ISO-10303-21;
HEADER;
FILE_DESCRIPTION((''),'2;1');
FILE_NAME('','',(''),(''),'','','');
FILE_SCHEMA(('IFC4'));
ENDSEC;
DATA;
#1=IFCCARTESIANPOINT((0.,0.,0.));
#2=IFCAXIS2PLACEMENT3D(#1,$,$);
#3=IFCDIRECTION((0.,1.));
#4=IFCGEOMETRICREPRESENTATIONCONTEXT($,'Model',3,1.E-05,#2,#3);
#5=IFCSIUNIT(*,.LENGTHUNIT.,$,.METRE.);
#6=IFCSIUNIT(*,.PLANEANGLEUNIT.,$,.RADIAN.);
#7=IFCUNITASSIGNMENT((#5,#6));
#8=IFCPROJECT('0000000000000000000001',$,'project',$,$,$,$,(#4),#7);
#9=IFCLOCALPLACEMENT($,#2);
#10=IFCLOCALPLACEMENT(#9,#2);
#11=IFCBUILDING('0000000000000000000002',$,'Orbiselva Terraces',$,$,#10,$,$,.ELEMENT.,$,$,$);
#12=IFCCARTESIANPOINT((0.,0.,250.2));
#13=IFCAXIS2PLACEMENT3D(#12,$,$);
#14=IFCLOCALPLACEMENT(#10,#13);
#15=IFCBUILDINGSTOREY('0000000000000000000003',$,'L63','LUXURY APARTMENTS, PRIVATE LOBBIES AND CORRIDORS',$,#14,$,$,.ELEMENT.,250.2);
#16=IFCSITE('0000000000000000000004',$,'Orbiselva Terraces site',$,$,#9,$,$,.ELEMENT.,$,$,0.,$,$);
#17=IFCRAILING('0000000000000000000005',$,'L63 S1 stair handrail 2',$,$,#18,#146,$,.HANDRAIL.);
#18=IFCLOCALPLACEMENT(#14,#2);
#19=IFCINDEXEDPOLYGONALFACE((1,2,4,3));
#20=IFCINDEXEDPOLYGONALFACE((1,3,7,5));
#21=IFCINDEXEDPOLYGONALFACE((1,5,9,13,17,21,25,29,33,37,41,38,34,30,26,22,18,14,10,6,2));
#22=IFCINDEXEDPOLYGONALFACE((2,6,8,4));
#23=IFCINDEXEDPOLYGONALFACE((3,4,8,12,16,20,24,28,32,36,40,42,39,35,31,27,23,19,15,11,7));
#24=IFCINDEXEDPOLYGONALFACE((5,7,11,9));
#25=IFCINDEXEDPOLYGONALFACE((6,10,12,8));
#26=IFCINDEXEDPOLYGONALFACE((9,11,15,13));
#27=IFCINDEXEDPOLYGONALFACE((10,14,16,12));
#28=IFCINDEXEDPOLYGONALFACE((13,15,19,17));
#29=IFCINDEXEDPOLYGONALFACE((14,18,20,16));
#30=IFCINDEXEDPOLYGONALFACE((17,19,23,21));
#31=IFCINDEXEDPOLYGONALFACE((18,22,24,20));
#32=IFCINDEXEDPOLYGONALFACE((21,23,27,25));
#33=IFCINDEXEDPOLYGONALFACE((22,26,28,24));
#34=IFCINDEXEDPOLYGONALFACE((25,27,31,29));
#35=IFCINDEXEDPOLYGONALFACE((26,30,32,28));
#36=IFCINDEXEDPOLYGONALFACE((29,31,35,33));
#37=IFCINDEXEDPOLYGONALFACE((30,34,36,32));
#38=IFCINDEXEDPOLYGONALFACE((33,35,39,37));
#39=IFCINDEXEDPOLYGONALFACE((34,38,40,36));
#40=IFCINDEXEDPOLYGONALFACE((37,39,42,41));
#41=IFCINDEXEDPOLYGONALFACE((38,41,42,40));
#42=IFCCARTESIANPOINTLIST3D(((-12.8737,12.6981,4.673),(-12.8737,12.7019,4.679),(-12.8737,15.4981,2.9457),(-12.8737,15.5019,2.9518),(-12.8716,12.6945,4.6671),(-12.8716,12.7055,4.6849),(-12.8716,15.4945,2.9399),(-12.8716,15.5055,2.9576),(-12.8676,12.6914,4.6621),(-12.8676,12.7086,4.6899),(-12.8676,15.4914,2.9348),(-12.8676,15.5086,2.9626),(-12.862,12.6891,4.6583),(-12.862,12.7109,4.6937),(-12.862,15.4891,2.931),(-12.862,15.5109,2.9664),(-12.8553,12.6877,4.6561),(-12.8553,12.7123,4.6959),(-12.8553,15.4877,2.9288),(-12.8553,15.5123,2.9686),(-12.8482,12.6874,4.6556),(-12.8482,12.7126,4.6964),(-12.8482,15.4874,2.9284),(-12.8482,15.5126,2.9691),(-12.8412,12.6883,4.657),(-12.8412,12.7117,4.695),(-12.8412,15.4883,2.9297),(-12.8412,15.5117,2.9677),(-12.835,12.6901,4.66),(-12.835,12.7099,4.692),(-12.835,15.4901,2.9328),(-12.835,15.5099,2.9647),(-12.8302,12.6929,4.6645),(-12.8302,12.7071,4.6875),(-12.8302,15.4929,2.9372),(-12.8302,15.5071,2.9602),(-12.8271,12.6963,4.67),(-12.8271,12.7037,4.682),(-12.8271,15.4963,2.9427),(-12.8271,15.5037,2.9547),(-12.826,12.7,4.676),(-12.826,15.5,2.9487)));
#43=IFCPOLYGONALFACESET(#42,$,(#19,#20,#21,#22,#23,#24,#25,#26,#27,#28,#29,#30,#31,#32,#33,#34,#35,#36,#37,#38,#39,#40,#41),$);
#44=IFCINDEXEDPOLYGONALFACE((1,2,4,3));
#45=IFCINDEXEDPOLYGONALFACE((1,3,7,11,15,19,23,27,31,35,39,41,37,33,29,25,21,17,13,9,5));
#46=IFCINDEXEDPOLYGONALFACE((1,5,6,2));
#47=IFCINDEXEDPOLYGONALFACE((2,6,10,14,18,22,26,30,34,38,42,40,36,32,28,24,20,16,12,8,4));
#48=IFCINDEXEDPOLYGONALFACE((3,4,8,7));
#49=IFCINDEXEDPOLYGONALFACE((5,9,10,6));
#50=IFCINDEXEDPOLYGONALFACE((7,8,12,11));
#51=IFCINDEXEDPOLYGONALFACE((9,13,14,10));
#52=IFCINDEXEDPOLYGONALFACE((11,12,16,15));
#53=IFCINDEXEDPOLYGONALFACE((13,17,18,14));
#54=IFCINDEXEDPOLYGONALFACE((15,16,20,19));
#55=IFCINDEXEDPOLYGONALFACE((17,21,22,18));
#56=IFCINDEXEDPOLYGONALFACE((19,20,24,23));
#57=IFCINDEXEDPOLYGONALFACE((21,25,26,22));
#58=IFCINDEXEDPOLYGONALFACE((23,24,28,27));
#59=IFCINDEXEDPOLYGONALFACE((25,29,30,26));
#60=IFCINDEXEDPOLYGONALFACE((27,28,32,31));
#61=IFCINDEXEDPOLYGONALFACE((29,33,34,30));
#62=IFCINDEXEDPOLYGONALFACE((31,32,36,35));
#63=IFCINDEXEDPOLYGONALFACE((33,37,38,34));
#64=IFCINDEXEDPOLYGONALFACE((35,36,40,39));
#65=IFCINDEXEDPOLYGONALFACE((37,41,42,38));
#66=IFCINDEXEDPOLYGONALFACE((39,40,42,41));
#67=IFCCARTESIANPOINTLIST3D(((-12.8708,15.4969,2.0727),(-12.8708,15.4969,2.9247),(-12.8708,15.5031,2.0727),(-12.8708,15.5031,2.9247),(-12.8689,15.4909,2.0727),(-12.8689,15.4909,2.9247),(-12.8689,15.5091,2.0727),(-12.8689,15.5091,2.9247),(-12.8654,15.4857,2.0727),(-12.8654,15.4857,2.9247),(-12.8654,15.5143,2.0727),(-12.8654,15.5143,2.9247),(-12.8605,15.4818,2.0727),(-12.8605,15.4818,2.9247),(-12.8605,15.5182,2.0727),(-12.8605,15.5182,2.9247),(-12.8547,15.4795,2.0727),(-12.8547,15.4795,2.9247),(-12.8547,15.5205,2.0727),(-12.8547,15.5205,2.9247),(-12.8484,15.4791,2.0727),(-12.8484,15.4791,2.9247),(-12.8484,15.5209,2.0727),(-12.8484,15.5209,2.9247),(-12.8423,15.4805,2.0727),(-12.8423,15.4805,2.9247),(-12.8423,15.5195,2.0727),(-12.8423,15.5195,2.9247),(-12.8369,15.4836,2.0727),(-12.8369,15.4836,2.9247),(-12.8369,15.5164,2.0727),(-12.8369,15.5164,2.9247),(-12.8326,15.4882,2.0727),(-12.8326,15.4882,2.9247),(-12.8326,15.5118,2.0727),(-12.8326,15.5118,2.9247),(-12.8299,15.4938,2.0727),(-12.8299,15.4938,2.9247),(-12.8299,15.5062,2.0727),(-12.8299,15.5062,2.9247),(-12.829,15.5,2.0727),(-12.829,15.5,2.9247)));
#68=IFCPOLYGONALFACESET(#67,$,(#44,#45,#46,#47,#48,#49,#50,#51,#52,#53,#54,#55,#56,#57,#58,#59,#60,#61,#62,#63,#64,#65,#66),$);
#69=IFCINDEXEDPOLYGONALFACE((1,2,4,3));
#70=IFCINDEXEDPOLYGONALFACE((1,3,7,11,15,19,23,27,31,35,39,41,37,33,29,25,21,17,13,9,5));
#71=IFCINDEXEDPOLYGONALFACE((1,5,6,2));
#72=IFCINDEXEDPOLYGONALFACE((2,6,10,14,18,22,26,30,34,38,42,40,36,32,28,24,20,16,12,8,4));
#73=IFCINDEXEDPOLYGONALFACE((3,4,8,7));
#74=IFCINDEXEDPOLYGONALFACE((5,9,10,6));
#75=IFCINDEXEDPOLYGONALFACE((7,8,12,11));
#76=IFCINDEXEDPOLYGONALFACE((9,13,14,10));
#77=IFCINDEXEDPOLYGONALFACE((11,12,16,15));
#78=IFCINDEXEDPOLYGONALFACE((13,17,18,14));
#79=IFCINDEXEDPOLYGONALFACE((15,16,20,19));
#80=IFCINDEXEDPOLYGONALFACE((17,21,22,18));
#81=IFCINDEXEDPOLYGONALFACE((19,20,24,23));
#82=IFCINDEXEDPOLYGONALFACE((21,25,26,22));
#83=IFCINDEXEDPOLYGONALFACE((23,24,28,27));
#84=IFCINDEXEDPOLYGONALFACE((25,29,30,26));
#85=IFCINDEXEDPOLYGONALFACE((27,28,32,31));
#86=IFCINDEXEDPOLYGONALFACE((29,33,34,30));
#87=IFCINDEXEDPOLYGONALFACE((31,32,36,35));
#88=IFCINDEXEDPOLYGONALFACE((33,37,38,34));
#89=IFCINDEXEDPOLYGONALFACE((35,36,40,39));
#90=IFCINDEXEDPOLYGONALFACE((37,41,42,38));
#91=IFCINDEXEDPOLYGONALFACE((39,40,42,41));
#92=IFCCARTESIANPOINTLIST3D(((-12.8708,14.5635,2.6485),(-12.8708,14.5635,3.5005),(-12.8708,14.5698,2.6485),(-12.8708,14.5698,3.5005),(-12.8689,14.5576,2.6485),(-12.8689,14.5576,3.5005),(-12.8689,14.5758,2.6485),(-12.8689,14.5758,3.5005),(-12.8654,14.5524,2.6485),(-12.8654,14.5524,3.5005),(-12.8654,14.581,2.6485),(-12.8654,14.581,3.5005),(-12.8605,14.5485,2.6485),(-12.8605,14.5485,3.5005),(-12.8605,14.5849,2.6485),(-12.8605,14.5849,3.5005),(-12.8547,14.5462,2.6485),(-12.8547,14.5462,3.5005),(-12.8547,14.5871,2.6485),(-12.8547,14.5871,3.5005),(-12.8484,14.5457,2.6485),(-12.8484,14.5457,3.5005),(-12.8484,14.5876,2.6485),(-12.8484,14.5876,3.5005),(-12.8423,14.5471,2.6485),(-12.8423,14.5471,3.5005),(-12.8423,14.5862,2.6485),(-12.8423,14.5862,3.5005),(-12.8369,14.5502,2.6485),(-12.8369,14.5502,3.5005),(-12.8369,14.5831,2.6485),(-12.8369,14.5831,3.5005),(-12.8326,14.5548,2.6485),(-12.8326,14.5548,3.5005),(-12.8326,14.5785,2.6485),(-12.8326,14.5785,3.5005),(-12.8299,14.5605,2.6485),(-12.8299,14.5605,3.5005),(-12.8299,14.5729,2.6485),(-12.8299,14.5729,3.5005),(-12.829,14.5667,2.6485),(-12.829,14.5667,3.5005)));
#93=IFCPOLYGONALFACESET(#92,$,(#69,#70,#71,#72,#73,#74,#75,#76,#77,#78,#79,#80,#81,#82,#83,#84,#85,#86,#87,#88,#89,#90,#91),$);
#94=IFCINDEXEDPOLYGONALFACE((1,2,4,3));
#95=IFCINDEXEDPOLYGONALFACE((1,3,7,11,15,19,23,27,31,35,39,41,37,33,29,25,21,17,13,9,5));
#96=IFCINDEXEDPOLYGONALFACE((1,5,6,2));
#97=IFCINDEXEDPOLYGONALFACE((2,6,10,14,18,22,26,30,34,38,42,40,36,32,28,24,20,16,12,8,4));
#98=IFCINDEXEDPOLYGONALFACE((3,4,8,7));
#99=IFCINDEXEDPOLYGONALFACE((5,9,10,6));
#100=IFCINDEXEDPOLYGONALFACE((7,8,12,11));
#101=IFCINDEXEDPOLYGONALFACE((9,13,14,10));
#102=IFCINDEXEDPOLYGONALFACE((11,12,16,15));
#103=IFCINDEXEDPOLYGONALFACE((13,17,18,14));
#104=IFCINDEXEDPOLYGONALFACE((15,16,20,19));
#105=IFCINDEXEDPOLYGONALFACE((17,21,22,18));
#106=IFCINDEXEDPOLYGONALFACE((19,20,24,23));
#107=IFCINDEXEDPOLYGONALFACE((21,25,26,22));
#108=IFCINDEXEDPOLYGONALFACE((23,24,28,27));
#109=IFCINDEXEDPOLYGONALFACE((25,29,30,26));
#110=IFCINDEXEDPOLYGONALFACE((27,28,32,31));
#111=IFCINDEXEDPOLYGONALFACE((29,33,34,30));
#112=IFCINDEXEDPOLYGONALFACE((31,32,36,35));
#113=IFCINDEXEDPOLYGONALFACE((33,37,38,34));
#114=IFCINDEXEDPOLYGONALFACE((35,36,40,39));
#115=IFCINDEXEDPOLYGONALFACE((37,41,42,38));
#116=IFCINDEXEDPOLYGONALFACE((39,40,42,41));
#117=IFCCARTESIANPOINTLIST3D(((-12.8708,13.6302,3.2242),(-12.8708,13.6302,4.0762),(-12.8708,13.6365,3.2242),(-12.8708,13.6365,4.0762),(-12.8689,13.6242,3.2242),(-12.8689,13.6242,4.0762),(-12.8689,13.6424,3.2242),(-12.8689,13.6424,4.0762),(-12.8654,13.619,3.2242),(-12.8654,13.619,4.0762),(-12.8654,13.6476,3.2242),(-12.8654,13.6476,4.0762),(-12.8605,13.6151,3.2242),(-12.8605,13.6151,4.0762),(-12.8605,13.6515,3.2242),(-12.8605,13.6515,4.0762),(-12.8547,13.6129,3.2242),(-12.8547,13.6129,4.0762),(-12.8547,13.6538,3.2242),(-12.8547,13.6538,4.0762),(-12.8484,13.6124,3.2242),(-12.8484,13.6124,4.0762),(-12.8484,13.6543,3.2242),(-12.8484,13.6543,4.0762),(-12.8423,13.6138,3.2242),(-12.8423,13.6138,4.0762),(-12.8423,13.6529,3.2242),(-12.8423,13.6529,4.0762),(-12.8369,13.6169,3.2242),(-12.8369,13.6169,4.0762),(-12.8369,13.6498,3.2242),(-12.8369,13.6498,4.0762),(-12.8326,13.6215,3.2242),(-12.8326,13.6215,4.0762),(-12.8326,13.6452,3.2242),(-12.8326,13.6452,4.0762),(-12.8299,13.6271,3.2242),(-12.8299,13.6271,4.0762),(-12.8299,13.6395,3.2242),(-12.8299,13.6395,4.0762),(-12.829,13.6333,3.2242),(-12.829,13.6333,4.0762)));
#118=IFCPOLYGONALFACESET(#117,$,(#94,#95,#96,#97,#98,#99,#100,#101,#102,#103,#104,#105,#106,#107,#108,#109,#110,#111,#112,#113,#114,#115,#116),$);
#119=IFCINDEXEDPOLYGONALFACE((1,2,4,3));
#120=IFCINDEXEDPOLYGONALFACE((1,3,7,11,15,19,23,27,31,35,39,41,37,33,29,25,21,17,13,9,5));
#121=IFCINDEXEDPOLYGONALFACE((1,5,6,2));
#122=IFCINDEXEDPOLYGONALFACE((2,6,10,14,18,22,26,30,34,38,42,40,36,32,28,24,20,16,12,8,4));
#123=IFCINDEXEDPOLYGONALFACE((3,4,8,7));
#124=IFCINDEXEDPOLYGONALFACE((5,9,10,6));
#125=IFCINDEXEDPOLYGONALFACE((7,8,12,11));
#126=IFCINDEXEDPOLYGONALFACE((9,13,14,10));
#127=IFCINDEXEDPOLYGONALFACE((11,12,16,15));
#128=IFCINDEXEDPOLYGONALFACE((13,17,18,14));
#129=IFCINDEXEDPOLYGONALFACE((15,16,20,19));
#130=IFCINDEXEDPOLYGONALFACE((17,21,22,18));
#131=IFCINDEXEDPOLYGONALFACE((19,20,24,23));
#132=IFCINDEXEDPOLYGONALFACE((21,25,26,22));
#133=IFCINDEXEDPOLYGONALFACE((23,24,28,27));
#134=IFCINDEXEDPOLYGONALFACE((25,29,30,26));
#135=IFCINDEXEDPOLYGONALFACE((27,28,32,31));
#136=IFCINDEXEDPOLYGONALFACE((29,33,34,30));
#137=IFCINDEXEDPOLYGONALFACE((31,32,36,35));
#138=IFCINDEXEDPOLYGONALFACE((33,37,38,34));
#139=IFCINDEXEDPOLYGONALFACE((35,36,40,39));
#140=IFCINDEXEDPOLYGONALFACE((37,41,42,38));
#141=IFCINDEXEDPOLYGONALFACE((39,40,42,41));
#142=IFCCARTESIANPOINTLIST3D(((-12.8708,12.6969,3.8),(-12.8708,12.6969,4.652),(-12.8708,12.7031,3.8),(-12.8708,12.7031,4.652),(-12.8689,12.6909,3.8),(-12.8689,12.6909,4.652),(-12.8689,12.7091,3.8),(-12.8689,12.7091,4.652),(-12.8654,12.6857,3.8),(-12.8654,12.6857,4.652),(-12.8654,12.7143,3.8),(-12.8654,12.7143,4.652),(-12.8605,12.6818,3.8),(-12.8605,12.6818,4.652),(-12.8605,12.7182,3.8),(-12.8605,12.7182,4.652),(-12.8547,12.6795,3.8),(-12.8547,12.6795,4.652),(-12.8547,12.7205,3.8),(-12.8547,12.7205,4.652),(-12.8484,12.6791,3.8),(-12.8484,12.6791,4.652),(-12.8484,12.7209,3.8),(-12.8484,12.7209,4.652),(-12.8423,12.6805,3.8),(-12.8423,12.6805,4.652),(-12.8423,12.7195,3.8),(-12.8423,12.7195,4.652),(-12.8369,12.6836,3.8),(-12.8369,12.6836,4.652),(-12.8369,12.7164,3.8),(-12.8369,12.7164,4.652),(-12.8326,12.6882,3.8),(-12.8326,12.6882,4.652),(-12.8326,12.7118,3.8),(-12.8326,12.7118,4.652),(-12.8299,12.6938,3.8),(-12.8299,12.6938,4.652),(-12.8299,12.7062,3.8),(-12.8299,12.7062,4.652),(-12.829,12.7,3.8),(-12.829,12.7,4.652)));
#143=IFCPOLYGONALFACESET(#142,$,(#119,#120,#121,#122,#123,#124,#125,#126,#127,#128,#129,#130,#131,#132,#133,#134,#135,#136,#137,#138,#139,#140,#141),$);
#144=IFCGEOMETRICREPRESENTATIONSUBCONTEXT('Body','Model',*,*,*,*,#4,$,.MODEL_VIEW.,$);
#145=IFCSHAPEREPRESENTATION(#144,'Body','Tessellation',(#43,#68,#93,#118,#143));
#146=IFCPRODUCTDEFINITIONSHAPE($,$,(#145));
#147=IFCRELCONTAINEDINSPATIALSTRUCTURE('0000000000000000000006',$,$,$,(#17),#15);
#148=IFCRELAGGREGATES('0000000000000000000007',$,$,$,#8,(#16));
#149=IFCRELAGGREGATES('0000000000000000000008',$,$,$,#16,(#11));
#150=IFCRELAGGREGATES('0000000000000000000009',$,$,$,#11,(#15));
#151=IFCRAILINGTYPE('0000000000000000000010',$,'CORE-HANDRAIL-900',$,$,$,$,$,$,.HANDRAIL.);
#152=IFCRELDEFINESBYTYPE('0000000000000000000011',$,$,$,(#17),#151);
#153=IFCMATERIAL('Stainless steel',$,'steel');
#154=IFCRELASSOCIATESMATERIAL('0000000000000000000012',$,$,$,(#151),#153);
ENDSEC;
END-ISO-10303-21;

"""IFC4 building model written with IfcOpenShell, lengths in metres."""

from ifc_helpers import new_model, si_unit, direction, frame, origin, origin_2d, place, context, subcontext, project, spatial, circle, extrude, material, type_object, element, save


model = new_model("IFC4")

# Units and contexts
model_context = context("Model", 3, precision=1e-05, world=origin(), true_north=direction((0.0, 1.0)))
body_context = subcontext(model_context, "Body", "Model", "MODEL_VIEW")
ifc_project = project(units=[si_unit("LENGTHUNIT", "METRE"), si_unit("PLANEANGLEUNIT", "RADIAN")], contexts=[model_context])

# Site, building, storey
site_placement = place(None, origin())
site = spatial("IfcSite", under=ifc_project, at=site_placement, Name="Orbiselva Terraces site", CompositionType="ELEMENT", RefElevation=0.0)
building_placement = place(site_placement, origin())
building = spatial("IfcBuilding", under=site, at=building_placement, Name="Orbiselva Terraces", CompositionType="ELEMENT")
storey_placement = place(building_placement, frame((0.0, 0.0, 250.2)))
storey = spatial("IfcBuildingStorey", under=building, at=storey_placement, Name="L63", Description="LUXURY APARTMENTS, PRIVATE LOBBIES AND CORRIDORS", CompositionType="ELEMENT", Elevation=250.2)

# Railing
ifc_material_1 = material(Name="Stainless steel", Category="steel")
railing_type_1 = type_object("IfcRailingType", Name="CORE-HANDRAIL-900", PredefinedType="HANDRAIL", material=ifc_material_1)
railing_1_placement = place(storey_placement, frame((-12.85, 15.5, 2.0727)))
element("IfcRailing", 1, at=railing_1_placement, inside=storey, type_object=railing_type_1, Name="L63 S1 stair handrail 2", PredefinedType="HANDRAIL", context=body_context, shape_type="SweptSolid", body=[
    extrude(circle(Radius=0.024, at=origin_2d()), frame((0.0, 0.0, 0.876), z_axis=(0.0, -0.851089, 0.525022), x_axis=(1.0, 0.0, 0.0)), (0.0, 0.0, 1.0), 3.2899),
    extrude(circle(Radius=0.021, at=origin_2d()), origin(), (0.0, 0.0, 1.0), 0.852),
    extrude(circle(Radius=0.021, at=origin_2d()), frame((0.0, -0.9333, 0.5758)), (0.0, 0.0, 1.0), 0.852),
    extrude(circle(Radius=0.021, at=origin_2d()), frame((0.0, -1.8667, 1.1515)), (0.0, 0.0, 1.0), 0.852),
    extrude(circle(Radius=0.021, at=origin_2d()), frame((0.0, -2.8, 1.7273)), (0.0, 0.0, 1.0), 0.852),
])

save(model, "model.ifc")
